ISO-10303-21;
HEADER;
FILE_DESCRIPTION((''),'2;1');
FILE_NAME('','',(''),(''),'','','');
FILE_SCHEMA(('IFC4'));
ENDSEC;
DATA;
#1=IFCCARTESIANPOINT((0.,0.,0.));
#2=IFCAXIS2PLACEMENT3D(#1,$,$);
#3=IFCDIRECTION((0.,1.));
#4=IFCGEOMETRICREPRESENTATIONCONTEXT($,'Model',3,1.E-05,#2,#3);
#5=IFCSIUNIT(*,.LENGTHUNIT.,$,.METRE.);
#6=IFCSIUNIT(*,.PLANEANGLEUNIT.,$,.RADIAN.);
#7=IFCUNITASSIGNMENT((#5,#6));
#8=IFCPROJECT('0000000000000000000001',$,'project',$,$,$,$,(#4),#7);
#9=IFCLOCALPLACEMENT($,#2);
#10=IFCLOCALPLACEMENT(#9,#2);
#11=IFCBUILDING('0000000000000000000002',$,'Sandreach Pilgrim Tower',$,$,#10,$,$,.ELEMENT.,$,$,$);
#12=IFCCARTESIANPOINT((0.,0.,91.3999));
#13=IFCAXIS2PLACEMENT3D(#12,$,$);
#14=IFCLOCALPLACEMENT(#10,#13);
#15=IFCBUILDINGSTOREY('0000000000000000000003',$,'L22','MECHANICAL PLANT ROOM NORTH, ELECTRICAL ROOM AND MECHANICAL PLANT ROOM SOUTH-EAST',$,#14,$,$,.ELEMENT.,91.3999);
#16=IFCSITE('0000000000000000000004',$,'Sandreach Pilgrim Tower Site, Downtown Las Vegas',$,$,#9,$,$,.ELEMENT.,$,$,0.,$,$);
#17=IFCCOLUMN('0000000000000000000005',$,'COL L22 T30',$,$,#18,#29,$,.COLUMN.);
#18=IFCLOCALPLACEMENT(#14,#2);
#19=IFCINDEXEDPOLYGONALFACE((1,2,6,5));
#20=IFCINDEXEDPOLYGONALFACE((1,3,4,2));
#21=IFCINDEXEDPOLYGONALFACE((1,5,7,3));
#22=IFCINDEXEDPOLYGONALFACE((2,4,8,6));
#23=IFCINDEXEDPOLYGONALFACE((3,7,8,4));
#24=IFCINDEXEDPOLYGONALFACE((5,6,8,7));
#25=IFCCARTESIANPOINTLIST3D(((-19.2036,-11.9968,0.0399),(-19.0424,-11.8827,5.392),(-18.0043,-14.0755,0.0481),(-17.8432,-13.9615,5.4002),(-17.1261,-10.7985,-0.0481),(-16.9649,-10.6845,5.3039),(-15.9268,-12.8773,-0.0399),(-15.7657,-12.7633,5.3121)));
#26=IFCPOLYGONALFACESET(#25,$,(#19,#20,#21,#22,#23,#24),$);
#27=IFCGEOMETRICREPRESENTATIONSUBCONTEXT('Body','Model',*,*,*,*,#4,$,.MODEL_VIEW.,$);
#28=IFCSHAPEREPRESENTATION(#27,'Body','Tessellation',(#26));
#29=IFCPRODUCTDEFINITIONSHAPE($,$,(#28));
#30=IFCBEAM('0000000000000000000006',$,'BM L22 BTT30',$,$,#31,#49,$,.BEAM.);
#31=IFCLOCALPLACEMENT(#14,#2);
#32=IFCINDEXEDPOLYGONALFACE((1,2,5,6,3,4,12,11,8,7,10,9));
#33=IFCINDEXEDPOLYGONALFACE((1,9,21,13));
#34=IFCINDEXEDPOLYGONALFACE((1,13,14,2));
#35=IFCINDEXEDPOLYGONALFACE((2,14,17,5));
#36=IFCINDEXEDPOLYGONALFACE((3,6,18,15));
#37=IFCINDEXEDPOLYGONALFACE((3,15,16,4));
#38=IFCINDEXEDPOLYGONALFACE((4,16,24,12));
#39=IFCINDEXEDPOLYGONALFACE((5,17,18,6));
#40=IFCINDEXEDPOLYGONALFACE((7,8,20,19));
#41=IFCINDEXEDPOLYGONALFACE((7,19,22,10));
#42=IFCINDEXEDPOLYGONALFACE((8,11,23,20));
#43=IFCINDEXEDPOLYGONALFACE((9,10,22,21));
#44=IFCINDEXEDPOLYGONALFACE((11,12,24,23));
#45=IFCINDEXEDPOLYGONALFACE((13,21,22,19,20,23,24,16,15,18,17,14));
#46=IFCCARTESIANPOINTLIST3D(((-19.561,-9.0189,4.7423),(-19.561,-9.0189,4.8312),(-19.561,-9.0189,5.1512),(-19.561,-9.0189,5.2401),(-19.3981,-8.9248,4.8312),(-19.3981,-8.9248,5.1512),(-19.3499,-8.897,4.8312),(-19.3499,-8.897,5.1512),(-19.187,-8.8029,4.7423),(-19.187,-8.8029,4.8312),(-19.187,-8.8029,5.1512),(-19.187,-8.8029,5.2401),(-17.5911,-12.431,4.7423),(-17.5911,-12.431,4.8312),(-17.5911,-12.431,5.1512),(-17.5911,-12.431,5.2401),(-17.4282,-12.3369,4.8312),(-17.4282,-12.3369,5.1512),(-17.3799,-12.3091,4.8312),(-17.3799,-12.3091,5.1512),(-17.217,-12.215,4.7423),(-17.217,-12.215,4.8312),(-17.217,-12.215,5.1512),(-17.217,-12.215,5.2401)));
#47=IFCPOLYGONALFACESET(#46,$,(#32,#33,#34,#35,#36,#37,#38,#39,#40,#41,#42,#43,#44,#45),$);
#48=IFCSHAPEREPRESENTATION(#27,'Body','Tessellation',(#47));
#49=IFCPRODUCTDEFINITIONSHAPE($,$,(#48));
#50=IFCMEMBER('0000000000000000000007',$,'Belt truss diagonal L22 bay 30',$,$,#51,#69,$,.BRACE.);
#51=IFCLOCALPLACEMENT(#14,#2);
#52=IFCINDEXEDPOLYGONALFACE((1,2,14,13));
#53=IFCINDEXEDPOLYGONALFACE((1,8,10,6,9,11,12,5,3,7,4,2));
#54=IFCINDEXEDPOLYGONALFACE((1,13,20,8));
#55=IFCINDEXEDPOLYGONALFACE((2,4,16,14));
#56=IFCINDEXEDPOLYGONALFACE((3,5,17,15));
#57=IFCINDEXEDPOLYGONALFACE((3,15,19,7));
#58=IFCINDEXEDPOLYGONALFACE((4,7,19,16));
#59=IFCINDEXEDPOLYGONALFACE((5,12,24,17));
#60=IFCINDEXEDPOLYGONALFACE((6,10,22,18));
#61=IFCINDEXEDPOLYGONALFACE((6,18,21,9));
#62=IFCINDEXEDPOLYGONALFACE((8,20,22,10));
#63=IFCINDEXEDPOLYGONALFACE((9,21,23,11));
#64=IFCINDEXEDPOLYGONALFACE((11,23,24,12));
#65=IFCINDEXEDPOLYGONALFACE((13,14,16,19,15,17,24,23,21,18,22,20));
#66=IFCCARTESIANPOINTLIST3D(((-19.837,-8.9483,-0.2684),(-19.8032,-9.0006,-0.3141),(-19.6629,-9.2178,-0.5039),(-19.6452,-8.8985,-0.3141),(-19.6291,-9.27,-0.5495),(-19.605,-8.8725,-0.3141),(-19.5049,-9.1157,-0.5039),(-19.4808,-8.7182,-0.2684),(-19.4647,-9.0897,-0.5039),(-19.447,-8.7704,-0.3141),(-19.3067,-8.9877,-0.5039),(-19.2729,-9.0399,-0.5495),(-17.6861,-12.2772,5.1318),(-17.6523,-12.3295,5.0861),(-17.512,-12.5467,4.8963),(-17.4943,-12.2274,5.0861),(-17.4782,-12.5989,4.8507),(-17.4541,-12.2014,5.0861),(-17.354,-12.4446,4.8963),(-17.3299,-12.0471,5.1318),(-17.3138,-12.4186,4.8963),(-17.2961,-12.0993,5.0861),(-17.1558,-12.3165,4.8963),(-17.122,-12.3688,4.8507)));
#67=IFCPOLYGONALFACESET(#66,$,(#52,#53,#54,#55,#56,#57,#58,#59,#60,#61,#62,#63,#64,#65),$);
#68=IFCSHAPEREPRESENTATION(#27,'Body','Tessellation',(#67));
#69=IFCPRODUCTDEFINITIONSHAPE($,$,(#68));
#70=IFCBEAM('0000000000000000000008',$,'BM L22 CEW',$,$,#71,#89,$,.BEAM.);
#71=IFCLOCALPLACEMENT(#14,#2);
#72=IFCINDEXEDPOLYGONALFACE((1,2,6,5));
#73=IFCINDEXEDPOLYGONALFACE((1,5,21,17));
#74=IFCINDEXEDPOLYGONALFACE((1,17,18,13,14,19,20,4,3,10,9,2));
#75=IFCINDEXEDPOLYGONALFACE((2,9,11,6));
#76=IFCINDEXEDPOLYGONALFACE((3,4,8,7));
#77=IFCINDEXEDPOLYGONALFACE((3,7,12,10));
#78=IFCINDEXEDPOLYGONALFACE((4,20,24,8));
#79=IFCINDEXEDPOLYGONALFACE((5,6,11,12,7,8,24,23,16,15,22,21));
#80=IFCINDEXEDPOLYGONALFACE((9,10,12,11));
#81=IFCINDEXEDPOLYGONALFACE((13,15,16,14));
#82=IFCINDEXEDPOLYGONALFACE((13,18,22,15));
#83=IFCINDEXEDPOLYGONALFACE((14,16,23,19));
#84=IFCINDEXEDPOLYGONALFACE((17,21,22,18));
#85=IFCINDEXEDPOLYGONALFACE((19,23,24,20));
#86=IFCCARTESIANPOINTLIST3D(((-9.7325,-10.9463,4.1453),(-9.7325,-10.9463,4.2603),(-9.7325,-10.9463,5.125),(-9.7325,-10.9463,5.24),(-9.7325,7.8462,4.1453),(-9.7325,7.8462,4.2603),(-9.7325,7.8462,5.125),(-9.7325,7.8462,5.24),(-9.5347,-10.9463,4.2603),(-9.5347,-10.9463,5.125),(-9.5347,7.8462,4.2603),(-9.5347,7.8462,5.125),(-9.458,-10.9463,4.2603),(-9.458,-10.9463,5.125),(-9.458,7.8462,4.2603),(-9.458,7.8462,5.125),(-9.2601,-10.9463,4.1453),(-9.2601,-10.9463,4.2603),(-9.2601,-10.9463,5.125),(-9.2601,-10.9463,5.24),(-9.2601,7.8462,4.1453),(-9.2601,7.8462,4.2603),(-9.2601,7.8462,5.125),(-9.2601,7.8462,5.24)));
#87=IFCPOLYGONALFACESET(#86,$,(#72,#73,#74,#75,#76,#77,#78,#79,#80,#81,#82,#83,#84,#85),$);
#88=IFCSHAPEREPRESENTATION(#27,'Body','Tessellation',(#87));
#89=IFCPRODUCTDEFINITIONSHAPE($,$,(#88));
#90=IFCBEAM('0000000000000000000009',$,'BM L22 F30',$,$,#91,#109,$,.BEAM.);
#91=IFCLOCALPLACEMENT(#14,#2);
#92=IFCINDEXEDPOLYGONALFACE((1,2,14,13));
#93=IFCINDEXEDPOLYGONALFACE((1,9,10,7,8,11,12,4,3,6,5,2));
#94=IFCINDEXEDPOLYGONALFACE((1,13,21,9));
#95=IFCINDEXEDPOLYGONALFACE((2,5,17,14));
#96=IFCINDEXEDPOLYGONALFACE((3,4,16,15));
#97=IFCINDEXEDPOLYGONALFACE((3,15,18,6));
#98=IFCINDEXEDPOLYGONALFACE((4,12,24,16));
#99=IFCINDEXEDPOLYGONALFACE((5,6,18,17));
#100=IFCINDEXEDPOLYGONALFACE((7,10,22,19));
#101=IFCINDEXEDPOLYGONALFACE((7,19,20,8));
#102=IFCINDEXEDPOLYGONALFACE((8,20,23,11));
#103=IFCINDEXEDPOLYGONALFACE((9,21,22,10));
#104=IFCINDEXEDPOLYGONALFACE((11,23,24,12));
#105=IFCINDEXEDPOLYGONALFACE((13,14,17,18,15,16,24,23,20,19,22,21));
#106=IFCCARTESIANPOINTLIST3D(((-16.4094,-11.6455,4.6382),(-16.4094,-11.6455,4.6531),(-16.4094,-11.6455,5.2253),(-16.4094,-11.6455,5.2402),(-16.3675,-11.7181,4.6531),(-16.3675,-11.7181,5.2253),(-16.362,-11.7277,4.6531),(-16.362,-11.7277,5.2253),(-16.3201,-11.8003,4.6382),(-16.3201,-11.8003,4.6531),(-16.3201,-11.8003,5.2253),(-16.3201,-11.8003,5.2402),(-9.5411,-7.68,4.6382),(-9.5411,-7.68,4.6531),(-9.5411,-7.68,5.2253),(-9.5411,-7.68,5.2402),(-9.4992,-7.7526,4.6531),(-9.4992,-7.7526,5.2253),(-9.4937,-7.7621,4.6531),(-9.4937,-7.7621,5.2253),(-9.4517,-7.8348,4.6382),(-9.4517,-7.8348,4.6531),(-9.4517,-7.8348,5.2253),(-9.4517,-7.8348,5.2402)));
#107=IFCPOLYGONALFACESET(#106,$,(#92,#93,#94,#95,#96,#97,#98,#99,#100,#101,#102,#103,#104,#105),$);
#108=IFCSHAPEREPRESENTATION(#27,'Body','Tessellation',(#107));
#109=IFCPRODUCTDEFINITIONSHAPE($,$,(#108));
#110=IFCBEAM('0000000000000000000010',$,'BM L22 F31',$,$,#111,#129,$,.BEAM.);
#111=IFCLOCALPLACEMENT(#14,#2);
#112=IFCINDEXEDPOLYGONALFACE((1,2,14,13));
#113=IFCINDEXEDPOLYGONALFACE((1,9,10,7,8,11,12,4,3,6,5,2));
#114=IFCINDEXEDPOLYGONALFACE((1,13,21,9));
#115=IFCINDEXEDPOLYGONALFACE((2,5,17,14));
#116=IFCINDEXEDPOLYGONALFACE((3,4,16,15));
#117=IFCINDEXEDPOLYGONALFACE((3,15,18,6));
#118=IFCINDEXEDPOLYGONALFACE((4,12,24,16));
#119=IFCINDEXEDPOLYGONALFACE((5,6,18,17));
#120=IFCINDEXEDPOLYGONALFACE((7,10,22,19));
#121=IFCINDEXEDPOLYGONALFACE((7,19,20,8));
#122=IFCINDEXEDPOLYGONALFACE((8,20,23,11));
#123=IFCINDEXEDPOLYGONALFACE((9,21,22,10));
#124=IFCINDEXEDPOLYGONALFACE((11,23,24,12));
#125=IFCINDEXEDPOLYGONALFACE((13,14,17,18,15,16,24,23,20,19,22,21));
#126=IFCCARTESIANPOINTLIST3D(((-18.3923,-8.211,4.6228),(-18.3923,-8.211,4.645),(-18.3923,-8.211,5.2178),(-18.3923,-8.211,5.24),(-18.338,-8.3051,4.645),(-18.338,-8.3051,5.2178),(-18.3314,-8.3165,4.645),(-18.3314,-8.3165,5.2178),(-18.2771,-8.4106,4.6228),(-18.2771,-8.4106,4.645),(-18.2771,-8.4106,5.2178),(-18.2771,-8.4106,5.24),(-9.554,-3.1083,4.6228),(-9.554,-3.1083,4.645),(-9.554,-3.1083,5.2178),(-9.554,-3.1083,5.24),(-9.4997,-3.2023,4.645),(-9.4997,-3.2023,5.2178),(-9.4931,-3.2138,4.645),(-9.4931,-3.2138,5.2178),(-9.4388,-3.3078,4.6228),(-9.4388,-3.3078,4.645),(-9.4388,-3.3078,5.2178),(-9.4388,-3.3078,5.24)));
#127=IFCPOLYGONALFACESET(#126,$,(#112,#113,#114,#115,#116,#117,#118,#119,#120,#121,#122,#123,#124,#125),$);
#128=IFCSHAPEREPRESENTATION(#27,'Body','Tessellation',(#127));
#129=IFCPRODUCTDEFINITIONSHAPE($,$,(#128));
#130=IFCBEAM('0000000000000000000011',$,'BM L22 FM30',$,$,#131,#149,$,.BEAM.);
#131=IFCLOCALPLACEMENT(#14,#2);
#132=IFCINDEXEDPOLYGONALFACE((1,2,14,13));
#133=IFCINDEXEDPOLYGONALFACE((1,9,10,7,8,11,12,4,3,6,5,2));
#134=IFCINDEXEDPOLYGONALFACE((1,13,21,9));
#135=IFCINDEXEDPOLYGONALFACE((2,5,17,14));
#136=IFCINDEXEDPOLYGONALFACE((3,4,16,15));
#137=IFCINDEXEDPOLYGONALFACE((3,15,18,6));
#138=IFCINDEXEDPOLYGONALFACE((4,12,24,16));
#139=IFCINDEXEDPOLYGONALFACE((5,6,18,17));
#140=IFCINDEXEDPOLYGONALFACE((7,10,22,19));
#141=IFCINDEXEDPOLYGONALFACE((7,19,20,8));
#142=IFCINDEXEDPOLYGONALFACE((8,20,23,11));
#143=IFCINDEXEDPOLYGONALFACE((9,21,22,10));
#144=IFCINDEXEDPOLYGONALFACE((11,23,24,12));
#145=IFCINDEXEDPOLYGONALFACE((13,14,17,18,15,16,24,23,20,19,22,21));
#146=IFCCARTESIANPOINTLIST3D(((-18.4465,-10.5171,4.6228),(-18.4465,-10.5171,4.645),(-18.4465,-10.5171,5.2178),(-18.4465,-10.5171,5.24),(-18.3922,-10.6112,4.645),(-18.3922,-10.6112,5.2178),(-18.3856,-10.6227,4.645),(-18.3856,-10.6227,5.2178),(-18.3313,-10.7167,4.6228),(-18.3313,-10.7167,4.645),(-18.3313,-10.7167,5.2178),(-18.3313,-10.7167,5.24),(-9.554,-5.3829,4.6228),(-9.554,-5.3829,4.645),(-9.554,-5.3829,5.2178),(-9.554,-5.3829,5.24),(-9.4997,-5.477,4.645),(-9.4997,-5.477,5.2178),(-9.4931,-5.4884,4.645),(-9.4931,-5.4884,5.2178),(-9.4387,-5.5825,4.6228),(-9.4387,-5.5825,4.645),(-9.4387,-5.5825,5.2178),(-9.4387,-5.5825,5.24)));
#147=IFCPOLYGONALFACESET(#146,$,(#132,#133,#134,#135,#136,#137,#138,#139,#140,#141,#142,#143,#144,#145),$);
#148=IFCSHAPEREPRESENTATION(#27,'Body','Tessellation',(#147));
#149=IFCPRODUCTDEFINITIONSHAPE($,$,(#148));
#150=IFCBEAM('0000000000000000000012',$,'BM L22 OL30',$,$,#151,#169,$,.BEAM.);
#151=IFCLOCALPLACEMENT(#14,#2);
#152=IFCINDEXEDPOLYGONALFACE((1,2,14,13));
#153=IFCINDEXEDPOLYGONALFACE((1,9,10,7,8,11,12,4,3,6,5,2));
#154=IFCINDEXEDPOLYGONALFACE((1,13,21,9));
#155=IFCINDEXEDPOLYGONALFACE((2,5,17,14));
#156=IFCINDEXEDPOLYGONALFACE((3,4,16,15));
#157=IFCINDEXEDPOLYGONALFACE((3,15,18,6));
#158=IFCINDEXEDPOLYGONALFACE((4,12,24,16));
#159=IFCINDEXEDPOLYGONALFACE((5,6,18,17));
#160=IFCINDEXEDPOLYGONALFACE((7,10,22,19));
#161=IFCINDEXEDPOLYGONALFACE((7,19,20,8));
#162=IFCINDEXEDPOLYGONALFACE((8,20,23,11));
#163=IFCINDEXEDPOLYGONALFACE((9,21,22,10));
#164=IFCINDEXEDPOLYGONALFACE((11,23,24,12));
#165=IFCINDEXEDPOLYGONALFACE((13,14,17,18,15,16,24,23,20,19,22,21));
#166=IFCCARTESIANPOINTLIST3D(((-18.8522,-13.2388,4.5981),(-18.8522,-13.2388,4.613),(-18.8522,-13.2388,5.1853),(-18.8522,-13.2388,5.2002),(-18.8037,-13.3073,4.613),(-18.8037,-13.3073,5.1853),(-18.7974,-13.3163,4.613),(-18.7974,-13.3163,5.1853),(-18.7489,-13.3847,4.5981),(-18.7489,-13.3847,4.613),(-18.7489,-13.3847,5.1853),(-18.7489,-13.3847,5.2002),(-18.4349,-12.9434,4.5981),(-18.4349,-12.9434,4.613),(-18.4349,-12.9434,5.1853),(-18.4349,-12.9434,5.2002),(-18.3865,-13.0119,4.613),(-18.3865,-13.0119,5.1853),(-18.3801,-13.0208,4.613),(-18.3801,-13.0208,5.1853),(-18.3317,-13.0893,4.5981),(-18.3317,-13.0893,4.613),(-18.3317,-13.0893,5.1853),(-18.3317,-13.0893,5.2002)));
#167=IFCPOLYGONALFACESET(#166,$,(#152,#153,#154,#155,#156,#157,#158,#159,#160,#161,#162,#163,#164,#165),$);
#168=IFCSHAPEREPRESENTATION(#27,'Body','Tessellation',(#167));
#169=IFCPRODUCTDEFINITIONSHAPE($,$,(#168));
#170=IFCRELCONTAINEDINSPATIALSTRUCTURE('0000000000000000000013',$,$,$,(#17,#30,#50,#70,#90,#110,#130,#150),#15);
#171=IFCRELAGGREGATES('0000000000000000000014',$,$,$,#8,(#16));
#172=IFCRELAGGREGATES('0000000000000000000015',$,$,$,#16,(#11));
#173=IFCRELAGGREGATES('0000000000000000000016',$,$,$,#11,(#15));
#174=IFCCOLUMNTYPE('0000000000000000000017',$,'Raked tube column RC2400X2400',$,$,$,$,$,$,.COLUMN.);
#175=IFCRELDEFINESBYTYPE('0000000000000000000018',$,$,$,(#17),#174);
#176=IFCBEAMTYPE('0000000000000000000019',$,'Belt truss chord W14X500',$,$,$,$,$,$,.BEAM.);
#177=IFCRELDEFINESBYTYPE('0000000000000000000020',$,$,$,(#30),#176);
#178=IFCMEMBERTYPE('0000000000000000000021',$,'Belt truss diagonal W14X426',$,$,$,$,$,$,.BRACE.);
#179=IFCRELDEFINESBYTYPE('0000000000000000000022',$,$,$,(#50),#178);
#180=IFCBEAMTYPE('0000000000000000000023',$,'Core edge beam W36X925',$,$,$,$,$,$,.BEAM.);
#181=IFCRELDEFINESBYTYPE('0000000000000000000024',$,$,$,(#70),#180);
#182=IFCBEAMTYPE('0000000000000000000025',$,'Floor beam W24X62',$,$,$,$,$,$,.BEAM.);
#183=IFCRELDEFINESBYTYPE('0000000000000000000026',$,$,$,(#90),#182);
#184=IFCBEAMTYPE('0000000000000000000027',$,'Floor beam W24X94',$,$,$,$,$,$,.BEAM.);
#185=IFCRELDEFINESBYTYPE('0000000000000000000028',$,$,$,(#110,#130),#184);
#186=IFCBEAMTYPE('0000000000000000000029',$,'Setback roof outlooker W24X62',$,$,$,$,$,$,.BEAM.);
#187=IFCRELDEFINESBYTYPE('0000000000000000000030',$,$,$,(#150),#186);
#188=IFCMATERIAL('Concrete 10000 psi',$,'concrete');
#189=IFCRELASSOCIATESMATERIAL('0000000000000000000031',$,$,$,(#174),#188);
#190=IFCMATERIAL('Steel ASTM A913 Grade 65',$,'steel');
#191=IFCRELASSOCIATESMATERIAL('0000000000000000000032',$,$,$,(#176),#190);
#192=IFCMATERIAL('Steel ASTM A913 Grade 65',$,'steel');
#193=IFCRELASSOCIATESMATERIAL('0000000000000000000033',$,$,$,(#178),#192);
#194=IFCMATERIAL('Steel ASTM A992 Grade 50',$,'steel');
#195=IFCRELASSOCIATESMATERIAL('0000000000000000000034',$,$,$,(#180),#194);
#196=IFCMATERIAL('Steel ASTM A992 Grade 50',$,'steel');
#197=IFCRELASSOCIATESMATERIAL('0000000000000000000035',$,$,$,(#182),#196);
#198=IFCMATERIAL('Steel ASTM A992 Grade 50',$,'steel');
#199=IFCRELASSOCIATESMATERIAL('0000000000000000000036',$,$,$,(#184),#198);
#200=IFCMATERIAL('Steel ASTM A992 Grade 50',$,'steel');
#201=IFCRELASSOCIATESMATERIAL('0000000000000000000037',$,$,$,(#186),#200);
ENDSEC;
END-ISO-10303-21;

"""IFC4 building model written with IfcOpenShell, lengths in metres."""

from ifc_helpers import new_model, si_unit, direction, frame, origin, origin_2d, place, context, subcontext, project, spatial, rectangle, i_section, extrude, material, material_profile, profile_set, type_object, element, save


model = new_model("IFC4")

# Units and contexts
model_context = context("Model", 3, precision=1e-05, world=origin(), true_north=direction((0.0, 1.0)))
body_context = subcontext(model_context, "Body", "Model", "MODEL_VIEW")
ifc_project = project(units=[si_unit("LENGTHUNIT", "METRE"), si_unit("PLANEANGLEUNIT", "RADIAN")], contexts=[model_context])

# Site, building, storey
site_placement = place(None, origin())
site = spatial("IfcSite", under=ifc_project, at=site_placement, Name="Sandreach Pilgrim Tower Site, Downtown Las Vegas", CompositionType="ELEMENT", RefElevation=0.0)
building_placement = place(site_placement, origin())
building = spatial("IfcBuilding", under=site, at=building_placement, Name="Sandreach Pilgrim Tower", CompositionType="ELEMENT")
storey_placement = place(building_placement, frame((0.0, 0.0, 91.3999)))
storey = spatial("IfcBuildingStorey", under=building, at=storey_placement, Name="L22", Description="MECHANICAL PLANT ROOM NORTH, ELECTRICAL ROOM AND MECHANICAL PLANT ROOM SOUTH-EAST", CompositionType="ELEMENT", Elevation=91.3999)

# Column
ifc_material_1 = material(Name="Concrete 10000 psi", Category="concrete")
ifc_material_profile_1 = material_profile(ifc_material_1, rectangle(XDim=2.3999, YDim=2.3999, at=origin_2d()), Name="RC2400X2400")
ifc_profile_set_1 = profile_set([ifc_material_profile_1], Name="Concrete 10000 psi")
column_type = type_object("IfcColumnType", Name="Raked tube column RC2400X2400", PredefinedType="COLUMN", material=ifc_profile_set_1)
column_placement = place(storey_placement, frame((-17.5652, -12.437, 0.0), z_axis=(0.030086, 0.021288, 0.999321), x_axis=(-0.865663, -0.49928, 0.036698)))
element("IfcColumn", 1, at=column_placement, inside=storey, type_object=column_type, Name="COL L22 T30", PredefinedType="COLUMN", context=body_context, shape_type="SweptSolid", body=[
    extrude(rectangle(XDim=2.3999, YDim=2.3999, at=origin_2d()), origin(), (0.0, 0.0, 1.0), 5.3557),
])

# Beam
ifc_material_2 = material(Name="Steel ASTM A913 Grade 65", Category="steel")
ifc_material_profile_2 = material_profile(ifc_material_2, i_section(OverallWidth=0.4319, OverallDepth=0.4978, WebThickness=0.0557, FlangeThickness=0.0889, at=origin_2d()), Name="W14X500")
ifc_profile_set_2 = profile_set([ifc_material_profile_2], Name="Steel ASTM A913 Grade 65")
beam_type_1 = type_object("IfcBeamType", Name="Belt truss chord W14X500", PredefinedType="BEAM", material=ifc_profile_set_2)
beam_1_placement = place(storey_placement, frame((-17.4041, -12.323, 4.9912), z_axis=(-0.499998, 0.866027, 0.0), x_axis=(-0.866027, -0.499998, 0.0)))
element("IfcBeam", 2, at=beam_1_placement, inside=storey, type_object=beam_type_1, Name="BM L22 BTT30", PredefinedType="BEAM", context=body_context, shape_type="SweptSolid", body=[
    extrude(i_section(OverallWidth=0.4319, OverallDepth=0.4978, WebThickness=0.0557, FlangeThickness=0.0889, at=origin_2d()), origin(), (0.0, 0.0, 1.0), 3.9399),
])

# Member
ifc_material_3 = material(Name="Steel ASTM A913 Grade 65", Category="steel")
ifc_material_profile_3 = material_profile(ifc_material_3, i_section(OverallWidth=0.4241, OverallDepth=0.4751, WebThickness=0.0479, FlangeThickness=0.0771, at=origin_2d()), Name="W14X426")
ifc_profile_set_3 = profile_set([ifc_material_profile_3], Name="Steel ASTM A913 Grade 65")
member_type = type_object("IfcMemberType", Name="Belt truss diagonal W14X426", PredefinedType="BRACE", material=ifc_profile_set_3)
member_placement = place(storey_placement, frame((-17.4041, -12.323, 4.9912), z_axis=(-0.321101, 0.49696, -0.806179), x_axis=(-0.839925, -0.542702, 0.0)))
element("IfcMember", 3, at=member_placement, inside=storey, type_object=member_type, Name="Belt truss diagonal L22 bay 30", PredefinedType="BRACE", context=body_context, shape_type="SweptSolid", body=[
    extrude(i_section(OverallWidth=0.4241, OverallDepth=0.4751, WebThickness=0.0479, FlangeThickness=0.0771, at=origin_2d()), origin(), (0.0, 0.0, 1.0), 6.6985),
])

# Beams
ifc_material_4 = material(Name="Steel ASTM A992 Grade 50", Category="steel")
ifc_material_profile_4 = material_profile(ifc_material_4, i_section(OverallWidth=0.4724, OverallDepth=1.0947, WebThickness=0.0767, FlangeThickness=0.115, at=origin_2d()), Name="W36X925")
ifc_profile_set_4 = profile_set([ifc_material_profile_4], Name="Steel ASTM A992 Grade 50")
beam_type_2 = type_object("IfcBeamType", Name="Core edge beam W36X925", PredefinedType="BEAM", material=ifc_profile_set_4)
beam_2_placement = place(storey_placement, frame((-9.4963, -10.9463, 4.6926), z_axis=(0.0, 1.0, 0.0), x_axis=(-1.0, 0.0, 0.0)))
element("IfcBeam", 4, at=beam_2_placement, inside=storey, type_object=beam_type_2, Name="BM L22 CEW", PredefinedType="BEAM", context=body_context, shape_type="SweptSolid", body=[
    extrude(i_section(OverallWidth=0.4724, OverallDepth=1.0947, WebThickness=0.0767, FlangeThickness=0.115, at=origin_2d()), origin(), (0.0, 0.0, 1.0), 18.7925),
])
ifc_material_5 = material(Name="Steel ASTM A992 Grade 50", Category="steel")
ifc_material_profile_5 = material_profile(ifc_material_5, i_section(OverallWidth=0.1787, OverallDepth=0.6021, WebThickness=0.011, FlangeThickness=0.0149, at=origin_2d()), Name="W24X62")
ifc_profile_set_5 = profile_set([ifc_material_profile_5], Name="Steel ASTM A992 Grade 50")
beam_type_3 = type_object("IfcBeamType", Name="Floor beam W24X62", PredefinedType="BEAM", material=ifc_profile_set_5)
beam_3_placement = place(storey_placement, frame((-16.3647, -11.7229, 4.9392), z_axis=(0.86602, 0.500009, 0.0), x_axis=(-0.500009, 0.86602, 0.0)))
element("IfcBeam", 5, at=beam_3_placement, inside=storey, type_object=beam_type_3, Name="BM L22 F30", PredefinedType="BEAM", context=body_context, shape_type="SweptSolid", body=[
    extrude(i_section(OverallWidth=0.1787, OverallDepth=0.6021, WebThickness=0.011, FlangeThickness=0.0149, at=origin_2d()), origin(), (0.0, 0.0, 1.0), 7.9309),
])
ifc_material_6 = material(Name="Steel ASTM A992 Grade 50", Category="steel")
ifc_material_profile_6 = material_profile(ifc_material_6, i_section(OverallWidth=0.2305, OverallDepth=0.6172, WebThickness=0.0132, FlangeThickness=0.0222, at=origin_2d()), Name="W24X94")
ifc_profile_set_6 = profile_set([ifc_material_profile_6], Name="Steel ASTM A992 Grade 50")
beam_type_4 = type_object("IfcBeamType", Name="Floor beam W24X94", PredefinedType="BEAM", material=ifc_profile_set_6)
beam_4_placement = place(storey_placement, frame((-18.3347, -8.3108, 4.9314), z_axis=(0.866028, 0.499996, 0.0), x_axis=(-0.499996, 0.866028, 0.0)))
element("IfcBeam", 6, at=beam_4_placement, inside=storey, type_object=beam_type_4, Name="BM L22 F31", PredefinedType="BEAM", context=body_context, shape_type="SweptSolid", body=[
    extrude(i_section(OverallWidth=0.2305, OverallDepth=0.6172, WebThickness=0.0132, FlangeThickness=0.0222, at=origin_2d()), origin(), (0.0, 0.0, 1.0), 10.2056),
])
beam_5_placement = place(storey_placement, frame((-18.3889, -10.6169, 4.9314), z_axis=(0.866019, 0.500011, 0.0), x_axis=(-0.500011, 0.866019, 0.0)))
element("IfcBeam", 7, at=beam_5_placement, inside=storey, type_object=beam_type_4, Name="BM L22 FM30", PredefinedType="BEAM", context=body_context, shape_type="SweptSolid", body=[
    extrude(i_section(OverallWidth=0.2305, OverallDepth=0.6172, WebThickness=0.0132, FlangeThickness=0.0222, at=origin_2d()), origin(), (0.0, 0.0, 1.0), 10.2683),
])
ifc_material_7 = material(Name="Steel ASTM A992 Grade 50", Category="steel")
ifc_material_profile_7 = material_profile(ifc_material_7, i_section(OverallWidth=0.1787, OverallDepth=0.6021, WebThickness=0.011, FlangeThickness=0.0149, at=origin_2d()), Name="W24X62")
ifc_profile_set_7 = profile_set([ifc_material_profile_7], Name="Steel ASTM A992 Grade 50")
beam_type_5 = type_object("IfcBeamType", Name="Setback roof outlooker W24X62", PredefinedType="BEAM", material=ifc_profile_set_7)
beam_6_placement = place(storey_placement, frame((-18.3833, -13.0164, 4.8992), z_axis=(-0.816146, -0.577845, 0.0), x_axis=(0.577845, -0.816146, 0.0)))
element("IfcBeam", 8, at=beam_6_placement, inside=storey, type_object=beam_type_5, Name="BM L22 OL30", PredefinedType="BEAM", context=body_context, shape_type="SweptSolid", body=[
    extrude(i_section(OverallWidth=0.1787, OverallDepth=0.6021, WebThickness=0.011, FlangeThickness=0.0149, at=origin_2d()), origin(), (0.0, 0.0, 1.0), 0.5112),
])

save(model, "model.ifc")
